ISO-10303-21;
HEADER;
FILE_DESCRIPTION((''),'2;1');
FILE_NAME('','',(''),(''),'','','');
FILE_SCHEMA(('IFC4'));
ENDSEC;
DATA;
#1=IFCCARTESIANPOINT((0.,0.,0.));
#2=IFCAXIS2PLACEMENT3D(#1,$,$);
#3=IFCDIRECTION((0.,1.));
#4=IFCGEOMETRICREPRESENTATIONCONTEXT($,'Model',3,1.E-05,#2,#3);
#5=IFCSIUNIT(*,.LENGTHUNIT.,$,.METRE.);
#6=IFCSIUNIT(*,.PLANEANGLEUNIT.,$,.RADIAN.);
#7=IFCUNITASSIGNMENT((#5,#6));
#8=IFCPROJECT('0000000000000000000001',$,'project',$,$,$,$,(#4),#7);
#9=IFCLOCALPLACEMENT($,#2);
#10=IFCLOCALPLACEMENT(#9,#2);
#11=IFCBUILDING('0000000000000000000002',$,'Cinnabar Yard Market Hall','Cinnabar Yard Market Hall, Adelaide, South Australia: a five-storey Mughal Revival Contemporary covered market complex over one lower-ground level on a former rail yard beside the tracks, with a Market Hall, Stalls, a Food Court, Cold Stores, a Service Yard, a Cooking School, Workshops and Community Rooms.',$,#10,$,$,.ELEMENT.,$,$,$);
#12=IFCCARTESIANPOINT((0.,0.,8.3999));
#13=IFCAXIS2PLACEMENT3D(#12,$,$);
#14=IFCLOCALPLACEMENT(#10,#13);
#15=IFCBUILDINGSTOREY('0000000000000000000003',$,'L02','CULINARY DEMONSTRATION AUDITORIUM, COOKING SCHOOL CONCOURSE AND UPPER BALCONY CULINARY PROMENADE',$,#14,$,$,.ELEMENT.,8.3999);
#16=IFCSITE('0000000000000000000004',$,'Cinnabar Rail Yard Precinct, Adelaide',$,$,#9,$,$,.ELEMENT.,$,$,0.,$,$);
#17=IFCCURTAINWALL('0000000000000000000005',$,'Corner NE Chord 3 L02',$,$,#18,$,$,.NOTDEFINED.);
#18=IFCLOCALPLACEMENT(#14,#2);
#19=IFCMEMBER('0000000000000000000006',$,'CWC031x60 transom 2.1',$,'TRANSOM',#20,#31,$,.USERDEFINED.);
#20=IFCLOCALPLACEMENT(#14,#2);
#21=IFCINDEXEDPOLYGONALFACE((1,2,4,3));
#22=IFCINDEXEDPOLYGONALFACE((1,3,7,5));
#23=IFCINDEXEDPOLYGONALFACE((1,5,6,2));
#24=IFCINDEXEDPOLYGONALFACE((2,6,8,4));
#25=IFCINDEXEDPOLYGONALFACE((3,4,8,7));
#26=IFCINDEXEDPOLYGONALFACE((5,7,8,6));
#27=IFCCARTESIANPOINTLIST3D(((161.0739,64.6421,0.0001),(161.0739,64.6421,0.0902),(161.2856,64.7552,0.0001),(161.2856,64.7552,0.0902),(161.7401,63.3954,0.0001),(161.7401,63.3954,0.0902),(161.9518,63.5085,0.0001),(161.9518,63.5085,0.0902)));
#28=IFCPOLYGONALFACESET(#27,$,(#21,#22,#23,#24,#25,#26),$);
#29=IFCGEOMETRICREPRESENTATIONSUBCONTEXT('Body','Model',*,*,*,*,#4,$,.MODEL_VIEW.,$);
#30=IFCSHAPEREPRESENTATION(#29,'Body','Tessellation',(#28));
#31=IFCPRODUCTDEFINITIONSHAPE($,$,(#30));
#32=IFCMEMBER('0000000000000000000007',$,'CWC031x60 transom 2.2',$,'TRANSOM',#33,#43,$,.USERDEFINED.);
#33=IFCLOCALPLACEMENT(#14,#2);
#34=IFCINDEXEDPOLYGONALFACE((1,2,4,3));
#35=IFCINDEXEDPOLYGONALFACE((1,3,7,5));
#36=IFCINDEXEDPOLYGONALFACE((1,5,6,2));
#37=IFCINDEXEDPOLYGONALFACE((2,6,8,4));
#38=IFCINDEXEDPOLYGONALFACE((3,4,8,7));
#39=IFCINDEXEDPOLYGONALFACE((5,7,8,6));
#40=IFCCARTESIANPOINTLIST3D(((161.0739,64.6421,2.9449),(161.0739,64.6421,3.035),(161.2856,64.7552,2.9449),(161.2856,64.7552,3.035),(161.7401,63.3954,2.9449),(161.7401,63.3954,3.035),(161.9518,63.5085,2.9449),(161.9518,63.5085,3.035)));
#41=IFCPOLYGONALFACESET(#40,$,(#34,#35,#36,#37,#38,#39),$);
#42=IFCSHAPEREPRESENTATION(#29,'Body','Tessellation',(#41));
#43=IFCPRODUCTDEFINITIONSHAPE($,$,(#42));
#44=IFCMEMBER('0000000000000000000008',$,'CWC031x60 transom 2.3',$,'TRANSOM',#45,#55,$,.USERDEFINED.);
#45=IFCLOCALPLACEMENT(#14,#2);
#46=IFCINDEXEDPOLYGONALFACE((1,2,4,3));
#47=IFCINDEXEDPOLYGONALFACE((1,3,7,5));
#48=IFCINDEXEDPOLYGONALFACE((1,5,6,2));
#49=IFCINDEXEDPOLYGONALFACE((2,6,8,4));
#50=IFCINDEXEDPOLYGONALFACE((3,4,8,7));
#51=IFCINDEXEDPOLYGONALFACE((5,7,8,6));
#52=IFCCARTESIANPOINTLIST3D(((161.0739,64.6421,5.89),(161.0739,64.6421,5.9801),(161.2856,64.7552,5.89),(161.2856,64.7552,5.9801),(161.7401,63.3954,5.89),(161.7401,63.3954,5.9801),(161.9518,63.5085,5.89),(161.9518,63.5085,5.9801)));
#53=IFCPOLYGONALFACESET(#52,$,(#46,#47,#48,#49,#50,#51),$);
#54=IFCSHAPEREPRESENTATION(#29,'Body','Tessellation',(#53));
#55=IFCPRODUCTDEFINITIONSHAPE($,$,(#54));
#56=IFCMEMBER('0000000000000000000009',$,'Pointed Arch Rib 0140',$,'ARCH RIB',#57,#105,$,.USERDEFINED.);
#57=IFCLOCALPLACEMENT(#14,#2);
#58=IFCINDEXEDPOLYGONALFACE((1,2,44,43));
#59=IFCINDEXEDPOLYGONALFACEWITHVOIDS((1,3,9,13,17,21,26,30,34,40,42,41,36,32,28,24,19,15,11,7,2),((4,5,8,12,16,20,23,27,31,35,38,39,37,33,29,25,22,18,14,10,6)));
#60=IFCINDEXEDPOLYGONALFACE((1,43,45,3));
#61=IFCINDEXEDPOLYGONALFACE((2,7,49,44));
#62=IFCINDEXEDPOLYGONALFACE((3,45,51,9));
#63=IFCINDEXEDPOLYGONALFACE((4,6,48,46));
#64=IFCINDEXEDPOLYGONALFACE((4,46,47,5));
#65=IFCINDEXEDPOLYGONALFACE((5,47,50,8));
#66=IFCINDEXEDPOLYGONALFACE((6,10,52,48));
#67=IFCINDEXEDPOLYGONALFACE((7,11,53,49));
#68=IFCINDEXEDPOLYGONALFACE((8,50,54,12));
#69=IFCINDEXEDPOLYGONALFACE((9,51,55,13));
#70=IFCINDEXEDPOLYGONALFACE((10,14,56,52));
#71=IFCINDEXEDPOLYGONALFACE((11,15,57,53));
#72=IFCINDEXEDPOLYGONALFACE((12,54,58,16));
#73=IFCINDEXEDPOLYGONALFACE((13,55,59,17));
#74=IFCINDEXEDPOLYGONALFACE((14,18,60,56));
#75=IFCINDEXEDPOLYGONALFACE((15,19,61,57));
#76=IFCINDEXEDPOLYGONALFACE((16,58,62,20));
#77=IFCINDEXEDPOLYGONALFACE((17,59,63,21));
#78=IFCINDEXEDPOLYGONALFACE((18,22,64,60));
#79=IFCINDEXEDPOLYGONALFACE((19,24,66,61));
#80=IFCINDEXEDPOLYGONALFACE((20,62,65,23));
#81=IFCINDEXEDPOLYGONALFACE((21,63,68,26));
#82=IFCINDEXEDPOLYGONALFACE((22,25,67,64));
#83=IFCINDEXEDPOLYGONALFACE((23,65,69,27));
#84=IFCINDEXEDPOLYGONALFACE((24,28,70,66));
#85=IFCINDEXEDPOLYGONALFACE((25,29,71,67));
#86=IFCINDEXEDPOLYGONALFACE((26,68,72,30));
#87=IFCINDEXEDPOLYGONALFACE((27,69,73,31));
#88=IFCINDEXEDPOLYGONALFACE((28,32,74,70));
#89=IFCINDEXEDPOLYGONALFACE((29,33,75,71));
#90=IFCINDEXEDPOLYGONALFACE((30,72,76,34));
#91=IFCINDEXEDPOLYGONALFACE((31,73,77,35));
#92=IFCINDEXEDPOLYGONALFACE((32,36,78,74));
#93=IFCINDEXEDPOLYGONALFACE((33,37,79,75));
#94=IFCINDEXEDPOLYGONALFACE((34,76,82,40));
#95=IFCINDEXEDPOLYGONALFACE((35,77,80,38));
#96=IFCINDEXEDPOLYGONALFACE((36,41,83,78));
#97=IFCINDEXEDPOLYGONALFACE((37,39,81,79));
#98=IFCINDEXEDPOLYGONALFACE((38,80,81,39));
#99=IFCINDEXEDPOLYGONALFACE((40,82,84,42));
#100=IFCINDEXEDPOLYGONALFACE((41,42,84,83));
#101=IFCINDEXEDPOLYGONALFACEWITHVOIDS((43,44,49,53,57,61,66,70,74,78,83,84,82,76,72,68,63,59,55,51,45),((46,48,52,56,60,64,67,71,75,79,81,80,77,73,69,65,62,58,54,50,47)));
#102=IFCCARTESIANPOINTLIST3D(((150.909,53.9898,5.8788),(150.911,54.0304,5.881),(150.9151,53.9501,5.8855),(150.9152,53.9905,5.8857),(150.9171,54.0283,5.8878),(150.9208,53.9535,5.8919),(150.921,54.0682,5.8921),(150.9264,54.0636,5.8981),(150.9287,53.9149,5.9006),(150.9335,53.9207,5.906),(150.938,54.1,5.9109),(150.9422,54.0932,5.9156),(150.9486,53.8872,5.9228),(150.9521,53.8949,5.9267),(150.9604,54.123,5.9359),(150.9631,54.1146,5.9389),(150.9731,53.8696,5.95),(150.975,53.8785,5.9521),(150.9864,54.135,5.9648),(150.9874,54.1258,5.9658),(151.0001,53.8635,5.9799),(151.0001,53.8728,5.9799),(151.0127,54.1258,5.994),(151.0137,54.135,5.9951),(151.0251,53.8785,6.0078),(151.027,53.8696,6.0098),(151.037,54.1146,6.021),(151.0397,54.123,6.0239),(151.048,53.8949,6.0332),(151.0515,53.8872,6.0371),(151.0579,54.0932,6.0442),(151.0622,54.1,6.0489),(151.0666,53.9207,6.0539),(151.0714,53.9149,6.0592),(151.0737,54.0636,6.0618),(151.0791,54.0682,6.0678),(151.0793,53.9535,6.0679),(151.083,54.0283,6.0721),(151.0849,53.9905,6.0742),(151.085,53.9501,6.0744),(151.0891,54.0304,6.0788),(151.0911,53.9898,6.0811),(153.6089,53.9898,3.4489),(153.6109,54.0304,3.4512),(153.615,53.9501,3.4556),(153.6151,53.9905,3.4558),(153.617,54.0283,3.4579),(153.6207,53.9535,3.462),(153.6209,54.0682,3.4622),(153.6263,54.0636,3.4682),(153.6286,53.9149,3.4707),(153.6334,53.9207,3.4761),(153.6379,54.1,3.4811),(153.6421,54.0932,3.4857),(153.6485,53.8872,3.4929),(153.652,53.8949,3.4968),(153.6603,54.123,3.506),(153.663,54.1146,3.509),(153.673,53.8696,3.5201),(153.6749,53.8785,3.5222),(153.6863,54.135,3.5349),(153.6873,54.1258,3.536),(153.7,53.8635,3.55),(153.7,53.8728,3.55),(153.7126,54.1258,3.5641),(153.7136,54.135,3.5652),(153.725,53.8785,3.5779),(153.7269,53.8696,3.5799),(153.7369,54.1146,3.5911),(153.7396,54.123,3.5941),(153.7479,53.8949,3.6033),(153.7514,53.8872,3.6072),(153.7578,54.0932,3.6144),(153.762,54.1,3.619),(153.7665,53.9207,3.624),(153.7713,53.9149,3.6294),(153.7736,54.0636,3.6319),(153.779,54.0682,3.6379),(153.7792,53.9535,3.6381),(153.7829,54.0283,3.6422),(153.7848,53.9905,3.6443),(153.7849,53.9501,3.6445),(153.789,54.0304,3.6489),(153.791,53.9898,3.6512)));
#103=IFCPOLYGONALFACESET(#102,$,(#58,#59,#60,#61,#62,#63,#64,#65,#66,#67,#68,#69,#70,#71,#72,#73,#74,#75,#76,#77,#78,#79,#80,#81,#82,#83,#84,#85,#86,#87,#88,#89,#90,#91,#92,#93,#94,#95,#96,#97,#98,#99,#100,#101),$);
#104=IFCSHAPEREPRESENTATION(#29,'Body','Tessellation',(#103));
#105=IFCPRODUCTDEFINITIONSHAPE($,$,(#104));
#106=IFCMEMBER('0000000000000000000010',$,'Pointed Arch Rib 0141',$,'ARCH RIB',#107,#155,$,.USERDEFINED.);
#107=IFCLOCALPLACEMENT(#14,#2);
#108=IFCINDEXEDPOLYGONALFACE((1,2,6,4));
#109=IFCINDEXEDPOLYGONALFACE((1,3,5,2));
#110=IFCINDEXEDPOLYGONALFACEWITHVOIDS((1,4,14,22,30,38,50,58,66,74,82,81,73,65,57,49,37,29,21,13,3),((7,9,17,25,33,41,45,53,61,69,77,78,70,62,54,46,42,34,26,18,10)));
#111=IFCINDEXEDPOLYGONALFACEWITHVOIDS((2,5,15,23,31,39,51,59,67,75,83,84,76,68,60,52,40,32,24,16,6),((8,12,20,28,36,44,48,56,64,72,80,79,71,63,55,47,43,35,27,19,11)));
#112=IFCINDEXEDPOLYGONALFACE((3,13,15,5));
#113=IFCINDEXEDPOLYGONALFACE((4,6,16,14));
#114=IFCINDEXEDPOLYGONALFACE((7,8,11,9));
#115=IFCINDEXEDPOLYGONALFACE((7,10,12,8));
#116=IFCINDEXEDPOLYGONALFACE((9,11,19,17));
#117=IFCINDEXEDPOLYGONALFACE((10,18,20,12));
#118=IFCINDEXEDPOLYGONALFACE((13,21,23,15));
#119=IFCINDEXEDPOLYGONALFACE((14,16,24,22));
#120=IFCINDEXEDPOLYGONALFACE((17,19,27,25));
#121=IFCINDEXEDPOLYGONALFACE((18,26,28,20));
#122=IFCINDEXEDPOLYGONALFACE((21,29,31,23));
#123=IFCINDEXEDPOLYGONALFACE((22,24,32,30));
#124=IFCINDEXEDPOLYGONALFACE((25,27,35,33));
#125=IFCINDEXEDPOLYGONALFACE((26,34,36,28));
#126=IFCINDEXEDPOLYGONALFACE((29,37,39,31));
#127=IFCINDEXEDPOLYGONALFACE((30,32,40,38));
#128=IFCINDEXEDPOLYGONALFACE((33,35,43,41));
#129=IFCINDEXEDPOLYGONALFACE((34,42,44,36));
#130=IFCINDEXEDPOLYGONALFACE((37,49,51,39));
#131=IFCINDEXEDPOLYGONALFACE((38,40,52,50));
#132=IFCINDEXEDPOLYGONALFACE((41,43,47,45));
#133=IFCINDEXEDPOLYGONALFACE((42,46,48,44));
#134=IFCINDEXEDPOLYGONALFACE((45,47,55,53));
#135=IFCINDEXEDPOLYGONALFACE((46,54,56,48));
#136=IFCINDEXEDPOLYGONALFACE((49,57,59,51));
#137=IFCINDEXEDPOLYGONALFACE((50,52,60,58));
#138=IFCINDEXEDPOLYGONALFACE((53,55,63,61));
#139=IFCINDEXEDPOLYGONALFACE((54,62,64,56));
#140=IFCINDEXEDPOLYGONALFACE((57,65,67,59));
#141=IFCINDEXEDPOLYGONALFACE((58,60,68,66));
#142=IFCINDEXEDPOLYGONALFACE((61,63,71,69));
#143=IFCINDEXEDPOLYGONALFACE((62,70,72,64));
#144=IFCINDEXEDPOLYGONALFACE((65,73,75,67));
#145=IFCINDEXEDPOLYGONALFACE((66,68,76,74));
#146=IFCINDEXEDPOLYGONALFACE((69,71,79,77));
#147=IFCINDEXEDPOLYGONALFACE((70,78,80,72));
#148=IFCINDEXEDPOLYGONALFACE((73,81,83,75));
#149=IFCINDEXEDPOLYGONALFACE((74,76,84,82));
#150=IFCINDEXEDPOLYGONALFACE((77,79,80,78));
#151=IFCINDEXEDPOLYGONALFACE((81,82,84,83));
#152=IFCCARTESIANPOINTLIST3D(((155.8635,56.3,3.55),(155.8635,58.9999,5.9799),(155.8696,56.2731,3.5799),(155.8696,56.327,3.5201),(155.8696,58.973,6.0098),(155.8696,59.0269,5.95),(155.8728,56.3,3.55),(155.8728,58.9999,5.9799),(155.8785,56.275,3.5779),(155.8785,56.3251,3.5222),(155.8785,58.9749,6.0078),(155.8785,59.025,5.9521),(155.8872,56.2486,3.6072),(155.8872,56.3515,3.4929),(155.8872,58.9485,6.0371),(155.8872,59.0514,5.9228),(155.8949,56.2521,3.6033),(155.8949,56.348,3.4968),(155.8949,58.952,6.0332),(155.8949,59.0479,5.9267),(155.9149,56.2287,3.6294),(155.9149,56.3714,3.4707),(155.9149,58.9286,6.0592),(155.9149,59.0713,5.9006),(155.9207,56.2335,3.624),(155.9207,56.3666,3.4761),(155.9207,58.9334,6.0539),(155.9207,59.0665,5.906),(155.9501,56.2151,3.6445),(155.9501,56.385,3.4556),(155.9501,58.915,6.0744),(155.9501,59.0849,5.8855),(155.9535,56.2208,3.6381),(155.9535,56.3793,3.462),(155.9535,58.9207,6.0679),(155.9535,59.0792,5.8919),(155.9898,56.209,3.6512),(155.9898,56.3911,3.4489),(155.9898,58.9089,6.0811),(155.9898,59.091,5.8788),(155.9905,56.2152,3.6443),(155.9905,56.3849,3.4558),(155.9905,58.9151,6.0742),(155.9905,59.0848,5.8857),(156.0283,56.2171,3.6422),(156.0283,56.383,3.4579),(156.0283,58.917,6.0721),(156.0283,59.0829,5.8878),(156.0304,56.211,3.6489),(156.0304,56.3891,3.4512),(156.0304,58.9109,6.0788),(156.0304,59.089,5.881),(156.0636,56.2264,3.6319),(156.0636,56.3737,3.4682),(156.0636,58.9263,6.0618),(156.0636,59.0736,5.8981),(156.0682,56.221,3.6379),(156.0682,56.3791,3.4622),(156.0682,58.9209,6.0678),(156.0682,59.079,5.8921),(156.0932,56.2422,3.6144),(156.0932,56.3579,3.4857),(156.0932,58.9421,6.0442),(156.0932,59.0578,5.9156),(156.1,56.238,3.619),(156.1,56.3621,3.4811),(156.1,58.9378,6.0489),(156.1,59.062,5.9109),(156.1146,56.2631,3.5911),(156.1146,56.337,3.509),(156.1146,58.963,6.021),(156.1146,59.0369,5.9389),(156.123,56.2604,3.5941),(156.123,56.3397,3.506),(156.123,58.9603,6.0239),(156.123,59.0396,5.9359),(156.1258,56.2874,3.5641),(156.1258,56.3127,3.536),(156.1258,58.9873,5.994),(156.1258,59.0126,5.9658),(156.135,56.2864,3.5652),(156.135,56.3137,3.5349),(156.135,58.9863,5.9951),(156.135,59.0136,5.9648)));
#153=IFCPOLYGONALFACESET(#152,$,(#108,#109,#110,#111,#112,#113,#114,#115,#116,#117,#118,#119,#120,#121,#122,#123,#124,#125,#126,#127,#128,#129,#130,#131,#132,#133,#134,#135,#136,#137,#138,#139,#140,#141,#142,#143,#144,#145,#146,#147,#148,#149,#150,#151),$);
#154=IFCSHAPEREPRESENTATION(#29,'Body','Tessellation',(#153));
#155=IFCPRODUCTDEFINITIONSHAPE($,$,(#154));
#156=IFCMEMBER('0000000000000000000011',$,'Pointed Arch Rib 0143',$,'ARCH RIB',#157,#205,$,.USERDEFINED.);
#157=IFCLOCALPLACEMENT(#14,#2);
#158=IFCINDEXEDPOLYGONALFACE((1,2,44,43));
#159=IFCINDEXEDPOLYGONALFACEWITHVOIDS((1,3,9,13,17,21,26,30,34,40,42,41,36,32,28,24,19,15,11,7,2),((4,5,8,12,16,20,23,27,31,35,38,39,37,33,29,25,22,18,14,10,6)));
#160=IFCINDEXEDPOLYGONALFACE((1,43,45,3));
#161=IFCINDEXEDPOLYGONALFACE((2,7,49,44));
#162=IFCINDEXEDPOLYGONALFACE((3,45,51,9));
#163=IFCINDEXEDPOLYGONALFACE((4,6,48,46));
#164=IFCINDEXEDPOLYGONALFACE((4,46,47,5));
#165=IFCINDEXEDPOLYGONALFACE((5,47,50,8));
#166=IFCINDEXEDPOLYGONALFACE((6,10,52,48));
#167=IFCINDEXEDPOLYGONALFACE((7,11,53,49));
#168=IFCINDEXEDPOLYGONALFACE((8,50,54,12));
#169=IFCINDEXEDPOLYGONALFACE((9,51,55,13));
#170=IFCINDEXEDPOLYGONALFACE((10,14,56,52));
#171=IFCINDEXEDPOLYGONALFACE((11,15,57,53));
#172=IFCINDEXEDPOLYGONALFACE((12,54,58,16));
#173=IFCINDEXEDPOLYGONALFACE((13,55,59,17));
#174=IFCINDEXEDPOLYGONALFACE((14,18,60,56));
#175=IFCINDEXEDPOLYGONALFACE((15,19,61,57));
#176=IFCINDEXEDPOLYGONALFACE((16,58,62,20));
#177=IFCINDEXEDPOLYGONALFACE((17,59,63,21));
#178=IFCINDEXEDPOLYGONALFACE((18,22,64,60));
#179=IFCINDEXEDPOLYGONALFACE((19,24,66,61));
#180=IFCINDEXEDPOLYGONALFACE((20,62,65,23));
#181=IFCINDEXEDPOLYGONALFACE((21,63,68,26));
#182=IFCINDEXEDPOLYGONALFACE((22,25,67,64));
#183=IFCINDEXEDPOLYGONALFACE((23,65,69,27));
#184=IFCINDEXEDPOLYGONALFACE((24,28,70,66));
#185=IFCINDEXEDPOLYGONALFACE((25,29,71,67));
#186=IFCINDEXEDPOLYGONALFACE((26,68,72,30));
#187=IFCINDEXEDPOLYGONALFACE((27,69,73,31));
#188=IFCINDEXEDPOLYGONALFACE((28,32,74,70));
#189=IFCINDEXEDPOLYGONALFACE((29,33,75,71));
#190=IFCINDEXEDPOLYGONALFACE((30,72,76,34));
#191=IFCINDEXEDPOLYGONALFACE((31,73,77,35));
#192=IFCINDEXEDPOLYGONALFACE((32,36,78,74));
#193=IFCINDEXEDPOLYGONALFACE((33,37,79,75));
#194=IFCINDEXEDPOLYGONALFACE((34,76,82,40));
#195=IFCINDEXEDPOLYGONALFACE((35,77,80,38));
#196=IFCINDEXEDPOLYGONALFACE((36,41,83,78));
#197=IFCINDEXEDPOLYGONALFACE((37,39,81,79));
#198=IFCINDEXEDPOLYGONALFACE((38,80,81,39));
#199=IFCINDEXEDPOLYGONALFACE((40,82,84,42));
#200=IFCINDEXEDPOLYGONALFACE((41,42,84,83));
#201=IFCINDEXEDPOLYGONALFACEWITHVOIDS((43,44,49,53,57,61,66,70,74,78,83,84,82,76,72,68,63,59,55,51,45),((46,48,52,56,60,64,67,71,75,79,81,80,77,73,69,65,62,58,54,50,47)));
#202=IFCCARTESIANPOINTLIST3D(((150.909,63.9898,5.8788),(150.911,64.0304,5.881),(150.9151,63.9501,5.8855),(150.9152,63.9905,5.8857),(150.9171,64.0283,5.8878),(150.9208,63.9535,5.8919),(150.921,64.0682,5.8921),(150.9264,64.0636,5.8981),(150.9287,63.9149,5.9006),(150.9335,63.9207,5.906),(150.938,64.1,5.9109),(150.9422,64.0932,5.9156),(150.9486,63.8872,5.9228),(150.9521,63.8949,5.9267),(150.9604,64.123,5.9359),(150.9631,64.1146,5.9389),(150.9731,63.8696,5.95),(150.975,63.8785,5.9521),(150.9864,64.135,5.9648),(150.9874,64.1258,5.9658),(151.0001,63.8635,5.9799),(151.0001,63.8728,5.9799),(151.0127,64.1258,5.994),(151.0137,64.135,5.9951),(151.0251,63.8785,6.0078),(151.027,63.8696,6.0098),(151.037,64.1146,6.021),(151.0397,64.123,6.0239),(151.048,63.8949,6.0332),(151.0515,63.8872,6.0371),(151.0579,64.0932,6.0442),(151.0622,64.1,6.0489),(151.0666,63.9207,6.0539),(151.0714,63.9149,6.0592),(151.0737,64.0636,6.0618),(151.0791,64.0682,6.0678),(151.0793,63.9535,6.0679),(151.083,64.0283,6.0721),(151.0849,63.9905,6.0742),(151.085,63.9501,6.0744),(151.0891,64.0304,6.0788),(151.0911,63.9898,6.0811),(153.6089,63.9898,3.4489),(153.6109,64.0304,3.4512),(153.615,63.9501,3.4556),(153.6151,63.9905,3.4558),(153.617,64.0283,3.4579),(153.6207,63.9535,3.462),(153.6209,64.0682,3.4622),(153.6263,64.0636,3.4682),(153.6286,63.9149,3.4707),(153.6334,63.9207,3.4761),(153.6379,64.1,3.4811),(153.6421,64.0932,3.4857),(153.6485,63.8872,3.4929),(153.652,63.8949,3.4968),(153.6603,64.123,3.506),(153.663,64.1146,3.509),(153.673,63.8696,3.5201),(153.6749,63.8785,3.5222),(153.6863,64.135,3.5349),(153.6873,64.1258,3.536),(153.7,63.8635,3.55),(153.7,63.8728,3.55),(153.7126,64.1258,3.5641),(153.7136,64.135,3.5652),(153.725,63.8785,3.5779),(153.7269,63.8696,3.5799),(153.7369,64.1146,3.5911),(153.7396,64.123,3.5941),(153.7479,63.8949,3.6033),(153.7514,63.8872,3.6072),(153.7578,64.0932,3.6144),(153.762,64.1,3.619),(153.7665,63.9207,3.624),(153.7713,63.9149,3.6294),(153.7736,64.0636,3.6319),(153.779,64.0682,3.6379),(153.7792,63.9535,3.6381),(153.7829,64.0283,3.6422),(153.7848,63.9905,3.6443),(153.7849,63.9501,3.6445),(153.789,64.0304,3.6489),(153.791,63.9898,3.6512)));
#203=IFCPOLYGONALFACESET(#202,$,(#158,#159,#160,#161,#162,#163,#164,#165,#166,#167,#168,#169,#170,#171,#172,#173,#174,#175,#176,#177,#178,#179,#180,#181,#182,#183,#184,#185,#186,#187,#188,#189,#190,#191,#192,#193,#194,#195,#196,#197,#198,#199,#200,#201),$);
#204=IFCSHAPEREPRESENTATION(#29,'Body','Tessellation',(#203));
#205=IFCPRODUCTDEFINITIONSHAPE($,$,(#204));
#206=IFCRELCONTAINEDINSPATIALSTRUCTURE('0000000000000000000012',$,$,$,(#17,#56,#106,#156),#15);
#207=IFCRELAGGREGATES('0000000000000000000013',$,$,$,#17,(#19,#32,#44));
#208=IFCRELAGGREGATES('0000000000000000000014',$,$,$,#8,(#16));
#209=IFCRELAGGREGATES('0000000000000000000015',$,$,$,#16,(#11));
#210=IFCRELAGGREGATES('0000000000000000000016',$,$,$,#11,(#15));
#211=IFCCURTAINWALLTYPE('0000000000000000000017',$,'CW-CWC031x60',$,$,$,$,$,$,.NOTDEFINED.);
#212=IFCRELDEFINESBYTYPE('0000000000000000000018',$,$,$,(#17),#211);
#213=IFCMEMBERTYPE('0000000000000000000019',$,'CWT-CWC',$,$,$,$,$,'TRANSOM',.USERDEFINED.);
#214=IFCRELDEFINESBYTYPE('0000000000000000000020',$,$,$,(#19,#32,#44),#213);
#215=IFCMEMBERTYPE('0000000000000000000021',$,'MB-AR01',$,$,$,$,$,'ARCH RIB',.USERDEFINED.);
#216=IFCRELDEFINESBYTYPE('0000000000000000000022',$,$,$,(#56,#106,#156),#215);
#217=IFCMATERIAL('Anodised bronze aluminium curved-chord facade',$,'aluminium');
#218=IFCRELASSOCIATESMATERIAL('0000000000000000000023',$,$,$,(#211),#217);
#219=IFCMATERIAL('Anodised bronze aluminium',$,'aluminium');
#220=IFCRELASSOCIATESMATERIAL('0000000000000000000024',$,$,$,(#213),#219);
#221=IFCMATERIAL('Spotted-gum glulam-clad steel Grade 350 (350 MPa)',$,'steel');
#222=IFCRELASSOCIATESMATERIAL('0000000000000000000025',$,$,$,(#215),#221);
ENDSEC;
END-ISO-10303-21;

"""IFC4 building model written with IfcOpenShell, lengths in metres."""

from ifc_helpers import new_model, si_unit, direction, frame, origin, origin_2d_with_axis, place, context, subcontext, project, spatial, rectangle, hollow_circle, extrude, material, material_profile, profile_set, type_object, element, aggregate, save


model = new_model("IFC4")

# Units and contexts
model_context = context("Model", 3, precision=1e-05, world=origin(), true_north=direction((0.0, 1.0)))
body_context = subcontext(model_context, "Body", "Model", "MODEL_VIEW")
ifc_project = project(units=[si_unit("LENGTHUNIT", "METRE"), si_unit("PLANEANGLEUNIT", "RADIAN")], contexts=[model_context])

# Site, building, storey
site_placement = place(None, origin())
site = spatial("IfcSite", under=ifc_project, at=site_placement, Name="Cinnabar Rail Yard Precinct, Adelaide", CompositionType="ELEMENT", RefElevation=0.0)
building_placement = place(site_placement, origin())
building = spatial("IfcBuilding", under=site, at=building_placement, Name="Cinnabar Yard Market Hall", Description="Cinnabar Yard Market Hall, Adelaide, South Australia: a five-storey Mughal Revival Contemporary covered market complex over one lower-ground level on a former rail yard beside the tracks, with a Market Hall, Stalls, a Food Court, Cold Stores, a Service Yard, a Cooking School, Workshops and Community Rooms.", CompositionType="ELEMENT")
storey_placement = place(building_placement, frame((0.0, 0.0, 8.3999)))
storey = spatial("IfcBuildingStorey", under=building, at=storey_placement, Name="L02", Description="CULINARY DEMONSTRATION AUDITORIUM, COOKING SCHOOL CONCOURSE AND UPPER BALCONY CULINARY PROMENADE", CompositionType="ELEMENT", Elevation=8.3999)

# Shared definitions
ifc_material_1 = material(Name="Spotted-gum glulam-clad steel Grade 350 (350 MPa)", Category="steel")

# Shared definitions
ifc_material_2 = material(Name="Anodised bronze aluminium curved-chord facade", Category="aluminium")
curtain_wall_type = type_object("IfcCurtainWallType", Name="CW-CWC031x60", PredefinedType="NOTDEFINED", material=ifc_material_2)
ifc_material_3 = material(Name="Anodised bronze aluminium", Category="aluminium")

# Curtain wall, members
curtain_wall_1_placement = place(storey_placement, origin())
curtain_wall_1 = element("IfcCurtainWall", 1, at=curtain_wall_1_placement, inside=storey, type_object=curtain_wall_type, Name="Corner NE Chord 3 L02", PredefinedType="NOTDEFINED")
ifc_material_profile_1 = material_profile(ifc_material_3, rectangle(XDim=0.24, YDim=0.0901, at=origin_2d_with_axis()), Name="TRN-CWC")
ifc_profile_set_1 = profile_set([ifc_material_profile_1], Name="Anodised bronze aluminium")
member_type_1 = type_object("IfcMemberType", Name="CWT-CWC", ElementType="TRANSOM", PredefinedType="USERDEFINED", material=ifc_profile_set_1)
member_1_placement = place(storey_placement, frame((161.8459, 63.4519, 0.0452), z_axis=(-0.471296, 0.881975, 0.0), x_axis=(-0.881975, -0.471296, 0.0)))
member_1 = element("IfcMember", 2, at=member_1_placement, type_object=member_type_1, Name="CWC031x60 transom 2.1", ObjectType="TRANSOM", PredefinedType="USERDEFINED", context=body_context, shape_type="SweptSolid", body=[
    extrude(rectangle(XDim=0.24, YDim=0.0901, at=origin_2d_with_axis()), origin(), (0.0, 0.0, 1.0), 1.4136),
])
member_2_placement = place(storey_placement, frame((161.8459, 63.4519, 2.99), z_axis=(-0.471296, 0.881975, 0.0), x_axis=(-0.881975, -0.471296, 0.0)))
member_2 = element("IfcMember", 3, at=member_2_placement, type_object=member_type_1, Name="CWC031x60 transom 2.2", ObjectType="TRANSOM", PredefinedType="USERDEFINED", context=body_context, shape_type="SweptSolid", body=[
    extrude(rectangle(XDim=0.24, YDim=0.0901, at=origin_2d_with_axis()), origin(), (0.0, 0.0, 1.0), 1.4136),
])
member_3_placement = place(storey_placement, frame((161.8459, 63.4519, 5.9351), z_axis=(-0.471296, 0.881975, 0.0), x_axis=(-0.881975, -0.471296, 0.0)))
member_3 = element("IfcMember", 4, at=member_3_placement, type_object=member_type_1, Name="CWC031x60 transom 2.3", ObjectType="TRANSOM", PredefinedType="USERDEFINED", context=body_context, shape_type="SweptSolid", body=[
    extrude(rectangle(XDim=0.24, YDim=0.0901, at=origin_2d_with_axis()), origin(), (0.0, 0.0, 1.0), 1.4136),
])

# Members
ifc_material_profile_2 = material_profile(ifc_material_1, hollow_circle(Radius=0.1365, WallThickness=0.0093, at=origin_2d_with_axis()), Name="273.1x9.3CHS")
ifc_profile_set_2 = profile_set([ifc_material_profile_2], Name="Spotted-gum glulam-clad steel Grade 350 (350 MPa)")
member_type_2 = type_object("IfcMemberType", Name="MB-AR01", ElementType="ARCH RIB", PredefinedType="USERDEFINED", material=ifc_profile_set_2)
for number, where, z_axis, x_axis, name in (
    (5, (153.7, 54.0, 3.55), (-0.743297, 0.0, 0.668961), (0.0, -1.0, 0.0), "Pointed Arch Rib 0140"),
    (6, (156.0, 56.3, 3.55), (0.0, 0.743297, 0.668961), (-1.0, 0.0, 0.0), "Pointed Arch Rib 0141"),
    (7, (153.7, 64.0, 3.55), (-0.743297, 0.0, 0.668961), (0.0, -1.0, 0.0), "Pointed Arch Rib 0143"),
):
    element("IfcMember", number, at=place(storey_placement, frame(where, z_axis=z_axis, x_axis=x_axis)), inside=storey, type_object=member_type_2, Name=name, ObjectType="ARCH RIB", PredefinedType="USERDEFINED", context=body_context, shape_type="SweptSolid", body=[
        extrude(hollow_circle(Radius=0.1365, WallThickness=0.0093, at=origin_2d_with_axis()), origin(), (0.0, 0.0, 1.0), 3.6323),
    ])

aggregate(curtain_wall_1, [member_1, member_2, member_3])

save(model, "model.ifc")
